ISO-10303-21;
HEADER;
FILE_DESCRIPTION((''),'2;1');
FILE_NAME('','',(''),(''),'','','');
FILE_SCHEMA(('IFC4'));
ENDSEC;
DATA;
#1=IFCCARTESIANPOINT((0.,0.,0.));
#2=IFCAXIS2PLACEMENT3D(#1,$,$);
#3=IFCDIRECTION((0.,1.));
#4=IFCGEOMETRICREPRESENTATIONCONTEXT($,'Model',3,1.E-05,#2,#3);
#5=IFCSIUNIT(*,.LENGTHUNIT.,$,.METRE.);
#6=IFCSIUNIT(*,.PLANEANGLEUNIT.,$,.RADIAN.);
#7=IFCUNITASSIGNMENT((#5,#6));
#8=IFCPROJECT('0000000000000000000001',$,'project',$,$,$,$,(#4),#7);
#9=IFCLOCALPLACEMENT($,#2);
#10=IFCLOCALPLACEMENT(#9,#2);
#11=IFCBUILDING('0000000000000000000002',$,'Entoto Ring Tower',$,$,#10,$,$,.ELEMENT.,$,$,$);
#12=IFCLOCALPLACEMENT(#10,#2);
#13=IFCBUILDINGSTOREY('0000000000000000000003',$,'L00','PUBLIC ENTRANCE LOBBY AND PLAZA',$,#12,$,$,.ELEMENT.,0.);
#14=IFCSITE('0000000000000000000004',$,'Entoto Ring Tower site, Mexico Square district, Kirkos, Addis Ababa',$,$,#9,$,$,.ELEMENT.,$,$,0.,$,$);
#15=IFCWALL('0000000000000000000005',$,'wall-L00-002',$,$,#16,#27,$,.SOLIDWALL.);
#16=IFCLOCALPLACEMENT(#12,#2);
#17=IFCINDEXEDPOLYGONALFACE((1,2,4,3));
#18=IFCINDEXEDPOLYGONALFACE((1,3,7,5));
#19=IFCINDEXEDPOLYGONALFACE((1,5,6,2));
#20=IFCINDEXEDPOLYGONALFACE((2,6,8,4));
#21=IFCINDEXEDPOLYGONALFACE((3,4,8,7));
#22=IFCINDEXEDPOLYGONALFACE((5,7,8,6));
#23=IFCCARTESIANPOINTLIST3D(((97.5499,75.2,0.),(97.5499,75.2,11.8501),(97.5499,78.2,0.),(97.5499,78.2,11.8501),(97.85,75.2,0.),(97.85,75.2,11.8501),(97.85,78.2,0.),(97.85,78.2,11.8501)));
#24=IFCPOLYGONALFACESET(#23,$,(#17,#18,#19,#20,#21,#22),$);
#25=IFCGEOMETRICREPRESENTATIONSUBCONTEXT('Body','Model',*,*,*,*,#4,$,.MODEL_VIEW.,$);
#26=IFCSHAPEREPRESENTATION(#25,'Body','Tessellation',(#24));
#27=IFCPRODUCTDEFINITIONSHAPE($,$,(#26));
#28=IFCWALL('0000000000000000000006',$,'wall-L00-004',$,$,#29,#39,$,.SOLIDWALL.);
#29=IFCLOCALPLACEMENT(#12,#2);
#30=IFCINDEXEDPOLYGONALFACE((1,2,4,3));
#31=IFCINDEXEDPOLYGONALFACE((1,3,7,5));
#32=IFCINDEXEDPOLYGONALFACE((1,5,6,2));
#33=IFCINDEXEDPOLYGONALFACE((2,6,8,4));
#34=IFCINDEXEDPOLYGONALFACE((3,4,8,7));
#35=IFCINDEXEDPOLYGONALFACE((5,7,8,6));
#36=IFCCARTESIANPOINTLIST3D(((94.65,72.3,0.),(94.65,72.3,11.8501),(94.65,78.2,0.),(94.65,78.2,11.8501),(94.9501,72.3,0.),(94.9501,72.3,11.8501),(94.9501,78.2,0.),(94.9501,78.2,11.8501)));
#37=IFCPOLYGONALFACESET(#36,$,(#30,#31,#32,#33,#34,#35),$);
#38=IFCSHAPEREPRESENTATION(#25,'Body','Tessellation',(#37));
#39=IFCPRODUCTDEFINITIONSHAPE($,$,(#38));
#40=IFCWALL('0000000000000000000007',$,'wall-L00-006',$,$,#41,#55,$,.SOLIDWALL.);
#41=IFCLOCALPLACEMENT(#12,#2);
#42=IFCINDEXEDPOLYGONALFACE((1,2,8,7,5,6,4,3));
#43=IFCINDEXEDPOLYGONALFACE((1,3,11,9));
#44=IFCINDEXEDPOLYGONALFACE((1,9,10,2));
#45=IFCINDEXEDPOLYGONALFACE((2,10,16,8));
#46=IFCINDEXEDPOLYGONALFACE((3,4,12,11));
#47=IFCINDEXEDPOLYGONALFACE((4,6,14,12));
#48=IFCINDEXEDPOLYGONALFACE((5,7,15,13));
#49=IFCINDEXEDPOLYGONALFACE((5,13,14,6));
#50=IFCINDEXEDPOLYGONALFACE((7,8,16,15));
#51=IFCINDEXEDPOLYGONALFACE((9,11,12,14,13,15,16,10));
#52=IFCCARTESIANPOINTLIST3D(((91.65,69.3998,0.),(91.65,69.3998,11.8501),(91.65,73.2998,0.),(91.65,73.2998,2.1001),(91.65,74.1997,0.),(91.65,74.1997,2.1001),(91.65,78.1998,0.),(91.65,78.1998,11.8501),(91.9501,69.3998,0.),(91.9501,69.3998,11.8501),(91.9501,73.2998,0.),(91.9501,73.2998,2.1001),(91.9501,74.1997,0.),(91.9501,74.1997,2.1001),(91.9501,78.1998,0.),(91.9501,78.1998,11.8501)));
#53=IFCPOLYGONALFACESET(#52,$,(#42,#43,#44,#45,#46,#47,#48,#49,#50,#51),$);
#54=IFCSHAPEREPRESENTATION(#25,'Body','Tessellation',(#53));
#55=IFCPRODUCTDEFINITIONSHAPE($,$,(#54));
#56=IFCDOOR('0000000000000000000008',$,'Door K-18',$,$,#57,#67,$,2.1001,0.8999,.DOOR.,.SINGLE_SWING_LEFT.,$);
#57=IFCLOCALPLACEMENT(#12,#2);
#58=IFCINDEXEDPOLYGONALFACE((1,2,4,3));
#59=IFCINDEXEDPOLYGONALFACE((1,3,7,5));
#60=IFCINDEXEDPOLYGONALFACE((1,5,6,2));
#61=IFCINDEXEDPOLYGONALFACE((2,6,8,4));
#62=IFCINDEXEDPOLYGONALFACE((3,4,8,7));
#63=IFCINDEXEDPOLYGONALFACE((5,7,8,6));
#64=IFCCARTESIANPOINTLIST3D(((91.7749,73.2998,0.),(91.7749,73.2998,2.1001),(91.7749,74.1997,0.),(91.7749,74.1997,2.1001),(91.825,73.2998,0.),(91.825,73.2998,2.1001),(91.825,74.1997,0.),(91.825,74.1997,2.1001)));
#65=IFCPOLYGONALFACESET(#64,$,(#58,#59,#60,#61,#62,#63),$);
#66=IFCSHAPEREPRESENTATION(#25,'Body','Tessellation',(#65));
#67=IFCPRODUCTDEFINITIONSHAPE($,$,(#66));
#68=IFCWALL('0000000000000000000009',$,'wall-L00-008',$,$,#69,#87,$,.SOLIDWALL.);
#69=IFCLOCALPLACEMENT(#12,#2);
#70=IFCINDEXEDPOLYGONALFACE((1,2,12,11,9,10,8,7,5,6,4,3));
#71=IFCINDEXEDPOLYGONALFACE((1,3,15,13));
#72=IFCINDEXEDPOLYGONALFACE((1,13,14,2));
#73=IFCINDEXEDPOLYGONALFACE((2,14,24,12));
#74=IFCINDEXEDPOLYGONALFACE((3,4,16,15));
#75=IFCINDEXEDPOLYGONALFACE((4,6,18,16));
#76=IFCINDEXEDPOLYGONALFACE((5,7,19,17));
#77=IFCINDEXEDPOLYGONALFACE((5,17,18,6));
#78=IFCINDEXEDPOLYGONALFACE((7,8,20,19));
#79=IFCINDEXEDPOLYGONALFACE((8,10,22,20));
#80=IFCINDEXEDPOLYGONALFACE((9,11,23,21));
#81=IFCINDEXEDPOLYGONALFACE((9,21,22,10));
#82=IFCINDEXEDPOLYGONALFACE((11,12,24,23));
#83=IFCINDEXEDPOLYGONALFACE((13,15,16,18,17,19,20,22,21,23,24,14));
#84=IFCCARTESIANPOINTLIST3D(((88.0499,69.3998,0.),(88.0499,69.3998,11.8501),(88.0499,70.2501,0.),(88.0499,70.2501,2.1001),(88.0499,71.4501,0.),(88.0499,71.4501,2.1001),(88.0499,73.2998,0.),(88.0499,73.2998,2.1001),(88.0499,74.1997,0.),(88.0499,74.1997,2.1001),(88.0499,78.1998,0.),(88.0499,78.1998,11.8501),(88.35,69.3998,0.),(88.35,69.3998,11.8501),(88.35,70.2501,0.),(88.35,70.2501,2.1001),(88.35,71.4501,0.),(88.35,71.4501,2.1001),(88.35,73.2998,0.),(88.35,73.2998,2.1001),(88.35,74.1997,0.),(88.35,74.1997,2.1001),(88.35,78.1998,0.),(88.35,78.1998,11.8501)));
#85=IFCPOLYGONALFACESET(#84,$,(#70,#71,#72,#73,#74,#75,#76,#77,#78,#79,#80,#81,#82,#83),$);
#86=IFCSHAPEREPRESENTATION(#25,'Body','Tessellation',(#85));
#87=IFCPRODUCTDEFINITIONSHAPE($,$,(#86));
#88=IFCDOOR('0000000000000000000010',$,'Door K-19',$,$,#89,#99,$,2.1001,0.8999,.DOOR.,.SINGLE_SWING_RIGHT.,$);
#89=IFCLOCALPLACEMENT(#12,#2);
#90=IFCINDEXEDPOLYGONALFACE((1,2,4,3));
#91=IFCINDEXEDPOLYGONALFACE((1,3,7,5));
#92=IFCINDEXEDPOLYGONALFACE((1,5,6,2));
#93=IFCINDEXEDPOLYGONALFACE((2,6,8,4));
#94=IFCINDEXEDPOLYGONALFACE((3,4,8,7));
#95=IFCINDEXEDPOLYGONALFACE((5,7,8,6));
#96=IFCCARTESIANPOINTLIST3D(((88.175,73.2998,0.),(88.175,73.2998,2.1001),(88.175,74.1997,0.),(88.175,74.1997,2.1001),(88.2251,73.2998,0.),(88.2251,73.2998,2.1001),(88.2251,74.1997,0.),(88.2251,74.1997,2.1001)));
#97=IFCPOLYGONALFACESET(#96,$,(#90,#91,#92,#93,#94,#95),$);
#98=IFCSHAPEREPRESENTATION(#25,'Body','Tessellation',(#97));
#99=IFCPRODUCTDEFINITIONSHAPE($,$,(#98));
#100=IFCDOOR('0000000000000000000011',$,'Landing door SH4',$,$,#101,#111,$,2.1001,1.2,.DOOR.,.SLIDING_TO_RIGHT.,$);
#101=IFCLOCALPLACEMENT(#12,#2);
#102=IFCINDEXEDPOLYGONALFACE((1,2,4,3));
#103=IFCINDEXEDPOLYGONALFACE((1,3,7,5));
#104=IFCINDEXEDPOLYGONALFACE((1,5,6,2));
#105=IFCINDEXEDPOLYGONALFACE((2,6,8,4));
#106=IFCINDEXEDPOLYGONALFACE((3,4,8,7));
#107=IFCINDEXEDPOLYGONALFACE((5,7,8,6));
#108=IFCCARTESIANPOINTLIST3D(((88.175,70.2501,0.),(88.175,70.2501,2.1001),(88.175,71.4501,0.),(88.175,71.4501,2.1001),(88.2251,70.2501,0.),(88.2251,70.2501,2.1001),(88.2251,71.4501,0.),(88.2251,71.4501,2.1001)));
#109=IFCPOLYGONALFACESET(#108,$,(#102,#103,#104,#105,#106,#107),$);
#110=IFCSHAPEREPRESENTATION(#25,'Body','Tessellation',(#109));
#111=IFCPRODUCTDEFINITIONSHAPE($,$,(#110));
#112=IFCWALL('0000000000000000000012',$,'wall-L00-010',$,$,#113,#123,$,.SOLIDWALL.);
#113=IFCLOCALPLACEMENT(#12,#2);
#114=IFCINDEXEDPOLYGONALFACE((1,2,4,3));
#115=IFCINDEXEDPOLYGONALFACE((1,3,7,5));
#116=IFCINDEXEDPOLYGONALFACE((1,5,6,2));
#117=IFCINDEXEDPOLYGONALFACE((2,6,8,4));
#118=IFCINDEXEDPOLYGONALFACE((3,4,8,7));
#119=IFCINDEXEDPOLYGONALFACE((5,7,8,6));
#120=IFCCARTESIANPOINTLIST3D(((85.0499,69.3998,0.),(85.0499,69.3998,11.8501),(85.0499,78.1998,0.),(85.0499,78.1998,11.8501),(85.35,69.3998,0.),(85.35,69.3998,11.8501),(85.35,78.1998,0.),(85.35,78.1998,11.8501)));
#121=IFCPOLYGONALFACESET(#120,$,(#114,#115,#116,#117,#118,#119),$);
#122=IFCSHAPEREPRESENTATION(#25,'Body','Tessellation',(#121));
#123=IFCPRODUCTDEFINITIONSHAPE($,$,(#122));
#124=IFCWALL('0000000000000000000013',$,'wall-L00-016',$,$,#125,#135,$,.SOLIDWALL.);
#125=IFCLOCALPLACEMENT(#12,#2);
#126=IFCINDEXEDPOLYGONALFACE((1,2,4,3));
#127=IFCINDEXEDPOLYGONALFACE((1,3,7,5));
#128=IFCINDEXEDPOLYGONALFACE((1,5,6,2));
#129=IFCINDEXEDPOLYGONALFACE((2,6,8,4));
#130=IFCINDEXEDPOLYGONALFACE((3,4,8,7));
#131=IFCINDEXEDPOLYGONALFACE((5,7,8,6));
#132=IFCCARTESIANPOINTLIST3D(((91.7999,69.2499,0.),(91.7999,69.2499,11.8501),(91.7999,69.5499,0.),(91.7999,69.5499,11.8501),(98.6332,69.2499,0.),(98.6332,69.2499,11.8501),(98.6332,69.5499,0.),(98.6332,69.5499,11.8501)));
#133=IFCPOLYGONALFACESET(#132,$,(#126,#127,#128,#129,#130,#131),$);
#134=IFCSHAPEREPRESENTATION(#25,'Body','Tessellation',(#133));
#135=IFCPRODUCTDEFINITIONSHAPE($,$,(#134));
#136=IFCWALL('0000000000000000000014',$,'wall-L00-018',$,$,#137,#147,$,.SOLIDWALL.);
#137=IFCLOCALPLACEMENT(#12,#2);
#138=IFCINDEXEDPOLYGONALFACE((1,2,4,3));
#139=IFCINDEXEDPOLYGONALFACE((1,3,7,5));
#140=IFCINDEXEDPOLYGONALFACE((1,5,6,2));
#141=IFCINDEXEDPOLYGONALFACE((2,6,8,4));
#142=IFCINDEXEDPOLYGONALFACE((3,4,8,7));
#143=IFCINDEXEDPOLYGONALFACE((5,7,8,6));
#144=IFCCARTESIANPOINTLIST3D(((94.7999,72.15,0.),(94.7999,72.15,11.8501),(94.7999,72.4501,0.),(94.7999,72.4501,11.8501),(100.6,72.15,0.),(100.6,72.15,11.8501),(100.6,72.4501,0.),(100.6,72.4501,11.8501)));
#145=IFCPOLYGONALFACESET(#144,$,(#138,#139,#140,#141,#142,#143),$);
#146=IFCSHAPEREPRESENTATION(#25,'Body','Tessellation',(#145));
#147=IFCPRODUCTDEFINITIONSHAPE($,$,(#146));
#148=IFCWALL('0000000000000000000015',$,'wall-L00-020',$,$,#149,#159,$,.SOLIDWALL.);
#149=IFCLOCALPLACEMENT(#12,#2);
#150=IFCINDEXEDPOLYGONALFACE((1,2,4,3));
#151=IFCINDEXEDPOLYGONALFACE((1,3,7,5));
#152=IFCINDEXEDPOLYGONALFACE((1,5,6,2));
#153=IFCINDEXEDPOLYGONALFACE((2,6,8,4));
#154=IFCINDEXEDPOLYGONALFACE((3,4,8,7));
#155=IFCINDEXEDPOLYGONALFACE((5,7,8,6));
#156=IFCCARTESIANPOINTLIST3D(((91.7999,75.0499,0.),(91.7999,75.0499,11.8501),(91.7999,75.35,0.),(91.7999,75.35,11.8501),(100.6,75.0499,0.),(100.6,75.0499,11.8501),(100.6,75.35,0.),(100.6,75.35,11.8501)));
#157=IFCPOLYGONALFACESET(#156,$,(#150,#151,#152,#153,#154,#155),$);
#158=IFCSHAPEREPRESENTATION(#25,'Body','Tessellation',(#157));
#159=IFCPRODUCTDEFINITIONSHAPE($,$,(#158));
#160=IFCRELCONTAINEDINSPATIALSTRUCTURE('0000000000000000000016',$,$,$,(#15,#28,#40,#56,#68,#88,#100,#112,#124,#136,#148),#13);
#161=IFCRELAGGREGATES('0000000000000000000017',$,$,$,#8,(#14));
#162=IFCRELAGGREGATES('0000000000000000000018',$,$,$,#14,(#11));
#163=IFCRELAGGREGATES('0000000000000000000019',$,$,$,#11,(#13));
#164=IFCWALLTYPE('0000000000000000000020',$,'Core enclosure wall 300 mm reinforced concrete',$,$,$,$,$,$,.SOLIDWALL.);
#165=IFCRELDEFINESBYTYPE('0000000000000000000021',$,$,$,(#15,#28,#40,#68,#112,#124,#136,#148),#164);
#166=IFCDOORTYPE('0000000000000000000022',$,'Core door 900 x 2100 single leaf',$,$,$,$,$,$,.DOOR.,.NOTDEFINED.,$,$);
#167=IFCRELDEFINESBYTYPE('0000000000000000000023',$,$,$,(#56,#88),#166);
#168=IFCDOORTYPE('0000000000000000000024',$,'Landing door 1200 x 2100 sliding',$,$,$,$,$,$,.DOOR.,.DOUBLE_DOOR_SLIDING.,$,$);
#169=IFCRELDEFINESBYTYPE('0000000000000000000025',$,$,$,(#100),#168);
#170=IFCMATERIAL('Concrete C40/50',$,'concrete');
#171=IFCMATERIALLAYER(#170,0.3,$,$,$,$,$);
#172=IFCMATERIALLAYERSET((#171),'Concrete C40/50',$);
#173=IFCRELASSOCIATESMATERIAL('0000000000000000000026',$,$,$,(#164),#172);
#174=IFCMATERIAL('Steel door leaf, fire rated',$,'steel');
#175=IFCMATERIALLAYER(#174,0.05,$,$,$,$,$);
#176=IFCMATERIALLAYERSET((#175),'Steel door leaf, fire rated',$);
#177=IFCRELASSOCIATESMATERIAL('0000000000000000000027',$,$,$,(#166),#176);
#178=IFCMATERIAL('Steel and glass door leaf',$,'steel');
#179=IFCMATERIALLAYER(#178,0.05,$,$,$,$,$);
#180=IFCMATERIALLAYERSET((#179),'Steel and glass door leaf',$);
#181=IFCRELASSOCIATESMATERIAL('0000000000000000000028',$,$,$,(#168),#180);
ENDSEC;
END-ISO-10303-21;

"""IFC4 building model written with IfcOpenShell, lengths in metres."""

from ifc_helpers import new_model, si_unit, direction, frame, frame_2d, origin, place, context, subcontext, project, spatial, rectangle, extrude, material, layer, layer_set, type_object, element, fill, save


model = new_model("IFC4")

# Units and contexts
model_context = context("Model", 3, precision=1e-05, world=origin(), true_north=direction((0.0, 1.0)))
body_context = subcontext(model_context, "Body", "Model", "MODEL_VIEW")
ifc_project = project(units=[si_unit("LENGTHUNIT", "METRE"), si_unit("PLANEANGLEUNIT", "RADIAN")], contexts=[model_context])

# Site, building, storey
site_placement = place(None, origin())
site = spatial("IfcSite", under=ifc_project, at=site_placement, Name="Entoto Ring Tower site, Mexico Square district, Kirkos, Addis Ababa", CompositionType="ELEMENT", RefElevation=0.0)
building_placement = place(site_placement, origin())
building = spatial("IfcBuilding", under=site, at=building_placement, Name="Entoto Ring Tower", CompositionType="ELEMENT")
storey_placement = place(building_placement, origin())
storey = spatial("IfcBuildingStorey", under=building, at=storey_placement, Name="L00", Description="PUBLIC ENTRANCE LOBBY AND PLAZA", CompositionType="ELEMENT", Elevation=0.0)

# Walls
ifc_material_1 = material(Name="Concrete C40/50", Category="concrete")
ifc_layer_1 = layer(ifc_material_1, 0.3)
ifc_layer_set_1 = layer_set([ifc_layer_1], Name="Concrete C40/50")
wall_type = type_object("IfcWallType", Name="Core enclosure wall 300 mm reinforced concrete", PredefinedType="SOLIDWALL", material=ifc_layer_set_1)
wall_1_placement = place(storey_placement, frame((97.7, 75.2, 0.0), z_axis=(0.0, 0.0, 1.0), x_axis=(0.0, 1.0, 0.0)))
element("IfcWall", 1, at=wall_1_placement, inside=storey, type_object=wall_type, Name="wall-L00-002", PredefinedType="SOLIDWALL", context=body_context, shape_type="SweptSolid", body=[
    extrude(rectangle(XDim=3.0, YDim=0.3, at=frame_2d((1.5, 0.0))), origin(), (0.0, 0.0, 1.0), 11.8501),
])
wall_2_placement = place(storey_placement, frame((94.8, 72.3, 0.0), z_axis=(0.0, 0.0, 1.0), x_axis=(0.0, 1.0, 0.0)))
element("IfcWall", 2, at=wall_2_placement, inside=storey, type_object=wall_type, Name="wall-L00-004", PredefinedType="SOLIDWALL", context=body_context, shape_type="SweptSolid", body=[
    extrude(rectangle(XDim=5.8999, YDim=0.3, at=frame_2d((2.95, 0.0))), origin(), (0.0, 0.0, 1.0), 11.8501),
])

# Wall, opening, door
wall_3_placement = place(storey_placement, frame((91.8, 69.3999, 0.0), z_axis=(0.0, 0.0, 1.0), x_axis=(0.0, 1.0, 0.0)))
wall_3 = element("IfcWall", 3, at=wall_3_placement, inside=storey, type_object=wall_type, Name="wall-L00-006", PredefinedType="SOLIDWALL", context=body_context, shape_type="SweptSolid", body=[
    extrude(rectangle(XDim=8.8, YDim=0.3, at=frame_2d((4.3999, 0.0))), origin(), (0.0, 0.0, 1.0), 11.8501),
])
opening_1_placement = place(wall_3_placement, frame((3.8999, 0.0, 0.0)))
opening_1 = element("IfcOpeningElement", 4, at=opening_1_placement, cuts=wall_3, PredefinedType="OPENING", context=body_context, shape_type="SweptSolid", body=[
    extrude(rectangle(XDim=0.8999, YDim=2.1001, at=frame_2d((0.45, 1.05))), frame((0.0, 0.1602, 0.0), z_axis=(0.0, -1.0, 0.0), x_axis=(1.0, 0.0, 0.0)), (0.0, 0.0, 1.0), 0.3201),
])
ifc_material_2 = material(Name="Steel door leaf, fire rated", Category="steel")
ifc_layer_2 = layer(ifc_material_2, 0.05)
ifc_layer_set_2 = layer_set([ifc_layer_2], Name="Steel door leaf, fire rated")
door_type_1 = type_object("IfcDoorType", Name="Core door 900 x 2100 single leaf", OperationType="NOTDEFINED", PredefinedType="DOOR", material=ifc_layer_set_2)
door_1_placement = place(opening_1_placement, frame((0.8999, 0.0, 0.0), z_axis=(0.0, 0.0, 1.0), x_axis=(-1.0, 0.0, 0.0)))
door_1 = element("IfcDoor", 5, at=door_1_placement, inside=storey, type_object=door_type_1, Name="Door K-18", OperationType="SINGLE_SWING_LEFT", OverallHeight=2.1001, OverallWidth=0.8999, PredefinedType="DOOR", context=body_context, shape_type="SweptSolid", body=[
    extrude(rectangle(XDim=0.8999, YDim=2.1001, at=frame_2d((0.45, 1.05))), frame((0.0, 0.0249, 0.0), z_axis=(0.0, -1.0, 0.0), x_axis=(1.0, 0.0, 0.0)), (0.0, 0.0, 1.0), 0.05),
])
fill(opening_1, door_1)

# Wall, openings, doors
wall_4_placement = place(storey_placement, frame((88.2, 69.3999, 0.0), z_axis=(0.0, 0.0, 1.0), x_axis=(0.0, 1.0, 0.0)))
wall_4 = element("IfcWall", 6, at=wall_4_placement, inside=storey, type_object=wall_type, Name="wall-L00-008", PredefinedType="SOLIDWALL", context=body_context, shape_type="SweptSolid", body=[
    extrude(rectangle(XDim=8.8, YDim=0.3, at=frame_2d((4.3999, 0.0))), origin(), (0.0, 0.0, 1.0), 11.8501),
])
opening_2_placement = place(wall_4_placement, frame((0.8501, 0.0, 0.0)))
opening_2 = element("IfcOpeningElement", 7, at=opening_2_placement, cuts=wall_4, PredefinedType="OPENING", context=body_context, shape_type="SweptSolid", body=[
    extrude(rectangle(XDim=1.2, YDim=2.1001, at=frame_2d((0.6001, 1.05))), frame((0.0, 0.1602, 0.0), z_axis=(0.0, -1.0, 0.0), x_axis=(1.0, 0.0, 0.0)), (0.0, 0.0, 1.0), 0.3201),
])
opening_3_placement = place(wall_4_placement, frame((3.8999, 0.0, 0.0)))
opening_3 = element("IfcOpeningElement", 8, at=opening_3_placement, cuts=wall_4, PredefinedType="OPENING", context=body_context, shape_type="SweptSolid", body=[
    extrude(rectangle(XDim=0.8999, YDim=2.1001, at=frame_2d((0.45, 1.05))), frame((0.0, 0.1602, 0.0), z_axis=(0.0, -1.0, 0.0), x_axis=(1.0, 0.0, 0.0)), (0.0, 0.0, 1.0), 0.3201),
])
door_2_placement = place(opening_3_placement, origin())
door_2 = element("IfcDoor", 9, at=door_2_placement, inside=storey, type_object=door_type_1, Name="Door K-19", OperationType="SINGLE_SWING_RIGHT", OverallHeight=2.1001, OverallWidth=0.8999, PredefinedType="DOOR", context=body_context, shape_type="SweptSolid", body=[
    extrude(rectangle(XDim=0.8999, YDim=2.1001, at=frame_2d((0.45, 1.05))), frame((0.0, 0.0249, 0.0), z_axis=(0.0, -1.0, 0.0), x_axis=(1.0, 0.0, 0.0)), (0.0, 0.0, 1.0), 0.05),
])
fill(opening_3, door_2)
ifc_material_3 = material(Name="Steel and glass door leaf", Category="steel")
ifc_layer_3 = layer(ifc_material_3, 0.05)
ifc_layer_set_3 = layer_set([ifc_layer_3], Name="Steel and glass door leaf")
door_type_2 = type_object("IfcDoorType", Name="Landing door 1200 x 2100 sliding", OperationType="DOUBLE_DOOR_SLIDING", PredefinedType="DOOR", material=ifc_layer_set_3)
door_3_placement = place(opening_2_placement, origin())
door_3 = element("IfcDoor", 10, at=door_3_placement, inside=storey, type_object=door_type_2, Name="Landing door SH4", OperationType="SLIDING_TO_RIGHT", OverallHeight=2.1001, OverallWidth=1.2, PredefinedType="DOOR", context=body_context, shape_type="SweptSolid", body=[
    extrude(rectangle(XDim=1.2, YDim=2.1001, at=frame_2d((0.6001, 1.05))), frame((0.0, 0.0249, 0.0), z_axis=(0.0, -1.0, 0.0), x_axis=(1.0, 0.0, 0.0)), (0.0, 0.0, 1.0), 0.05),
])
fill(opening_2, door_3)

# Walls
wall_5_placement = place(storey_placement, frame((85.2, 69.3999, 0.0), z_axis=(0.0, 0.0, 1.0), x_axis=(0.0, 1.0, 0.0)))
element("IfcWall", 11, at=wall_5_placement, inside=storey, type_object=wall_type, Name="wall-L00-010", PredefinedType="SOLIDWALL", context=body_context, shape_type="SweptSolid", body=[
    extrude(rectangle(XDim=8.8, YDim=0.3, at=frame_2d((4.3999, 0.0))), origin(), (0.0, 0.0, 1.0), 11.8501),
])
wall_6_placement = place(storey_placement, frame((91.8, 69.3999, 0.0), z_axis=(0.0, 0.0, 1.0), x_axis=(1.0, 0.0, 0.0)))
element("IfcWall", 12, at=wall_6_placement, inside=storey, type_object=wall_type, Name="wall-L00-016", PredefinedType="SOLIDWALL", context=body_context, shape_type="SweptSolid", body=[
    extrude(rectangle(XDim=6.8333, YDim=0.3, at=frame_2d((3.4165, 0.0))), origin(), (0.0, 0.0, 1.0), 11.8501),
])
wall_7_placement = place(storey_placement, frame((94.8, 72.3, 0.0), z_axis=(0.0, 0.0, 1.0), x_axis=(1.0, 0.0, 0.0)))
element("IfcWall", 13, at=wall_7_placement, inside=storey, type_object=wall_type, Name="wall-L00-018", PredefinedType="SOLIDWALL", context=body_context, shape_type="SweptSolid", body=[
    extrude(rectangle(XDim=5.8, YDim=0.3, at=frame_2d((2.8999, 0.0))), origin(), (0.0, 0.0, 1.0), 11.8501),
])
wall_8_placement = place(storey_placement, frame((91.8, 75.2, 0.0), z_axis=(0.0, 0.0, 1.0), x_axis=(1.0, 0.0, 0.0)))
element("IfcWall", 14, at=wall_8_placement, inside=storey, type_object=wall_type, Name="wall-L00-020", PredefinedType="SOLIDWALL", context=body_context, shape_type="SweptSolid", body=[
    extrude(rectangle(XDim=8.8, YDim=0.3, at=frame_2d((4.3999, 0.0))), origin(), (0.0, 0.0, 1.0), 11.8501),
])

save(model, "model.ifc")
